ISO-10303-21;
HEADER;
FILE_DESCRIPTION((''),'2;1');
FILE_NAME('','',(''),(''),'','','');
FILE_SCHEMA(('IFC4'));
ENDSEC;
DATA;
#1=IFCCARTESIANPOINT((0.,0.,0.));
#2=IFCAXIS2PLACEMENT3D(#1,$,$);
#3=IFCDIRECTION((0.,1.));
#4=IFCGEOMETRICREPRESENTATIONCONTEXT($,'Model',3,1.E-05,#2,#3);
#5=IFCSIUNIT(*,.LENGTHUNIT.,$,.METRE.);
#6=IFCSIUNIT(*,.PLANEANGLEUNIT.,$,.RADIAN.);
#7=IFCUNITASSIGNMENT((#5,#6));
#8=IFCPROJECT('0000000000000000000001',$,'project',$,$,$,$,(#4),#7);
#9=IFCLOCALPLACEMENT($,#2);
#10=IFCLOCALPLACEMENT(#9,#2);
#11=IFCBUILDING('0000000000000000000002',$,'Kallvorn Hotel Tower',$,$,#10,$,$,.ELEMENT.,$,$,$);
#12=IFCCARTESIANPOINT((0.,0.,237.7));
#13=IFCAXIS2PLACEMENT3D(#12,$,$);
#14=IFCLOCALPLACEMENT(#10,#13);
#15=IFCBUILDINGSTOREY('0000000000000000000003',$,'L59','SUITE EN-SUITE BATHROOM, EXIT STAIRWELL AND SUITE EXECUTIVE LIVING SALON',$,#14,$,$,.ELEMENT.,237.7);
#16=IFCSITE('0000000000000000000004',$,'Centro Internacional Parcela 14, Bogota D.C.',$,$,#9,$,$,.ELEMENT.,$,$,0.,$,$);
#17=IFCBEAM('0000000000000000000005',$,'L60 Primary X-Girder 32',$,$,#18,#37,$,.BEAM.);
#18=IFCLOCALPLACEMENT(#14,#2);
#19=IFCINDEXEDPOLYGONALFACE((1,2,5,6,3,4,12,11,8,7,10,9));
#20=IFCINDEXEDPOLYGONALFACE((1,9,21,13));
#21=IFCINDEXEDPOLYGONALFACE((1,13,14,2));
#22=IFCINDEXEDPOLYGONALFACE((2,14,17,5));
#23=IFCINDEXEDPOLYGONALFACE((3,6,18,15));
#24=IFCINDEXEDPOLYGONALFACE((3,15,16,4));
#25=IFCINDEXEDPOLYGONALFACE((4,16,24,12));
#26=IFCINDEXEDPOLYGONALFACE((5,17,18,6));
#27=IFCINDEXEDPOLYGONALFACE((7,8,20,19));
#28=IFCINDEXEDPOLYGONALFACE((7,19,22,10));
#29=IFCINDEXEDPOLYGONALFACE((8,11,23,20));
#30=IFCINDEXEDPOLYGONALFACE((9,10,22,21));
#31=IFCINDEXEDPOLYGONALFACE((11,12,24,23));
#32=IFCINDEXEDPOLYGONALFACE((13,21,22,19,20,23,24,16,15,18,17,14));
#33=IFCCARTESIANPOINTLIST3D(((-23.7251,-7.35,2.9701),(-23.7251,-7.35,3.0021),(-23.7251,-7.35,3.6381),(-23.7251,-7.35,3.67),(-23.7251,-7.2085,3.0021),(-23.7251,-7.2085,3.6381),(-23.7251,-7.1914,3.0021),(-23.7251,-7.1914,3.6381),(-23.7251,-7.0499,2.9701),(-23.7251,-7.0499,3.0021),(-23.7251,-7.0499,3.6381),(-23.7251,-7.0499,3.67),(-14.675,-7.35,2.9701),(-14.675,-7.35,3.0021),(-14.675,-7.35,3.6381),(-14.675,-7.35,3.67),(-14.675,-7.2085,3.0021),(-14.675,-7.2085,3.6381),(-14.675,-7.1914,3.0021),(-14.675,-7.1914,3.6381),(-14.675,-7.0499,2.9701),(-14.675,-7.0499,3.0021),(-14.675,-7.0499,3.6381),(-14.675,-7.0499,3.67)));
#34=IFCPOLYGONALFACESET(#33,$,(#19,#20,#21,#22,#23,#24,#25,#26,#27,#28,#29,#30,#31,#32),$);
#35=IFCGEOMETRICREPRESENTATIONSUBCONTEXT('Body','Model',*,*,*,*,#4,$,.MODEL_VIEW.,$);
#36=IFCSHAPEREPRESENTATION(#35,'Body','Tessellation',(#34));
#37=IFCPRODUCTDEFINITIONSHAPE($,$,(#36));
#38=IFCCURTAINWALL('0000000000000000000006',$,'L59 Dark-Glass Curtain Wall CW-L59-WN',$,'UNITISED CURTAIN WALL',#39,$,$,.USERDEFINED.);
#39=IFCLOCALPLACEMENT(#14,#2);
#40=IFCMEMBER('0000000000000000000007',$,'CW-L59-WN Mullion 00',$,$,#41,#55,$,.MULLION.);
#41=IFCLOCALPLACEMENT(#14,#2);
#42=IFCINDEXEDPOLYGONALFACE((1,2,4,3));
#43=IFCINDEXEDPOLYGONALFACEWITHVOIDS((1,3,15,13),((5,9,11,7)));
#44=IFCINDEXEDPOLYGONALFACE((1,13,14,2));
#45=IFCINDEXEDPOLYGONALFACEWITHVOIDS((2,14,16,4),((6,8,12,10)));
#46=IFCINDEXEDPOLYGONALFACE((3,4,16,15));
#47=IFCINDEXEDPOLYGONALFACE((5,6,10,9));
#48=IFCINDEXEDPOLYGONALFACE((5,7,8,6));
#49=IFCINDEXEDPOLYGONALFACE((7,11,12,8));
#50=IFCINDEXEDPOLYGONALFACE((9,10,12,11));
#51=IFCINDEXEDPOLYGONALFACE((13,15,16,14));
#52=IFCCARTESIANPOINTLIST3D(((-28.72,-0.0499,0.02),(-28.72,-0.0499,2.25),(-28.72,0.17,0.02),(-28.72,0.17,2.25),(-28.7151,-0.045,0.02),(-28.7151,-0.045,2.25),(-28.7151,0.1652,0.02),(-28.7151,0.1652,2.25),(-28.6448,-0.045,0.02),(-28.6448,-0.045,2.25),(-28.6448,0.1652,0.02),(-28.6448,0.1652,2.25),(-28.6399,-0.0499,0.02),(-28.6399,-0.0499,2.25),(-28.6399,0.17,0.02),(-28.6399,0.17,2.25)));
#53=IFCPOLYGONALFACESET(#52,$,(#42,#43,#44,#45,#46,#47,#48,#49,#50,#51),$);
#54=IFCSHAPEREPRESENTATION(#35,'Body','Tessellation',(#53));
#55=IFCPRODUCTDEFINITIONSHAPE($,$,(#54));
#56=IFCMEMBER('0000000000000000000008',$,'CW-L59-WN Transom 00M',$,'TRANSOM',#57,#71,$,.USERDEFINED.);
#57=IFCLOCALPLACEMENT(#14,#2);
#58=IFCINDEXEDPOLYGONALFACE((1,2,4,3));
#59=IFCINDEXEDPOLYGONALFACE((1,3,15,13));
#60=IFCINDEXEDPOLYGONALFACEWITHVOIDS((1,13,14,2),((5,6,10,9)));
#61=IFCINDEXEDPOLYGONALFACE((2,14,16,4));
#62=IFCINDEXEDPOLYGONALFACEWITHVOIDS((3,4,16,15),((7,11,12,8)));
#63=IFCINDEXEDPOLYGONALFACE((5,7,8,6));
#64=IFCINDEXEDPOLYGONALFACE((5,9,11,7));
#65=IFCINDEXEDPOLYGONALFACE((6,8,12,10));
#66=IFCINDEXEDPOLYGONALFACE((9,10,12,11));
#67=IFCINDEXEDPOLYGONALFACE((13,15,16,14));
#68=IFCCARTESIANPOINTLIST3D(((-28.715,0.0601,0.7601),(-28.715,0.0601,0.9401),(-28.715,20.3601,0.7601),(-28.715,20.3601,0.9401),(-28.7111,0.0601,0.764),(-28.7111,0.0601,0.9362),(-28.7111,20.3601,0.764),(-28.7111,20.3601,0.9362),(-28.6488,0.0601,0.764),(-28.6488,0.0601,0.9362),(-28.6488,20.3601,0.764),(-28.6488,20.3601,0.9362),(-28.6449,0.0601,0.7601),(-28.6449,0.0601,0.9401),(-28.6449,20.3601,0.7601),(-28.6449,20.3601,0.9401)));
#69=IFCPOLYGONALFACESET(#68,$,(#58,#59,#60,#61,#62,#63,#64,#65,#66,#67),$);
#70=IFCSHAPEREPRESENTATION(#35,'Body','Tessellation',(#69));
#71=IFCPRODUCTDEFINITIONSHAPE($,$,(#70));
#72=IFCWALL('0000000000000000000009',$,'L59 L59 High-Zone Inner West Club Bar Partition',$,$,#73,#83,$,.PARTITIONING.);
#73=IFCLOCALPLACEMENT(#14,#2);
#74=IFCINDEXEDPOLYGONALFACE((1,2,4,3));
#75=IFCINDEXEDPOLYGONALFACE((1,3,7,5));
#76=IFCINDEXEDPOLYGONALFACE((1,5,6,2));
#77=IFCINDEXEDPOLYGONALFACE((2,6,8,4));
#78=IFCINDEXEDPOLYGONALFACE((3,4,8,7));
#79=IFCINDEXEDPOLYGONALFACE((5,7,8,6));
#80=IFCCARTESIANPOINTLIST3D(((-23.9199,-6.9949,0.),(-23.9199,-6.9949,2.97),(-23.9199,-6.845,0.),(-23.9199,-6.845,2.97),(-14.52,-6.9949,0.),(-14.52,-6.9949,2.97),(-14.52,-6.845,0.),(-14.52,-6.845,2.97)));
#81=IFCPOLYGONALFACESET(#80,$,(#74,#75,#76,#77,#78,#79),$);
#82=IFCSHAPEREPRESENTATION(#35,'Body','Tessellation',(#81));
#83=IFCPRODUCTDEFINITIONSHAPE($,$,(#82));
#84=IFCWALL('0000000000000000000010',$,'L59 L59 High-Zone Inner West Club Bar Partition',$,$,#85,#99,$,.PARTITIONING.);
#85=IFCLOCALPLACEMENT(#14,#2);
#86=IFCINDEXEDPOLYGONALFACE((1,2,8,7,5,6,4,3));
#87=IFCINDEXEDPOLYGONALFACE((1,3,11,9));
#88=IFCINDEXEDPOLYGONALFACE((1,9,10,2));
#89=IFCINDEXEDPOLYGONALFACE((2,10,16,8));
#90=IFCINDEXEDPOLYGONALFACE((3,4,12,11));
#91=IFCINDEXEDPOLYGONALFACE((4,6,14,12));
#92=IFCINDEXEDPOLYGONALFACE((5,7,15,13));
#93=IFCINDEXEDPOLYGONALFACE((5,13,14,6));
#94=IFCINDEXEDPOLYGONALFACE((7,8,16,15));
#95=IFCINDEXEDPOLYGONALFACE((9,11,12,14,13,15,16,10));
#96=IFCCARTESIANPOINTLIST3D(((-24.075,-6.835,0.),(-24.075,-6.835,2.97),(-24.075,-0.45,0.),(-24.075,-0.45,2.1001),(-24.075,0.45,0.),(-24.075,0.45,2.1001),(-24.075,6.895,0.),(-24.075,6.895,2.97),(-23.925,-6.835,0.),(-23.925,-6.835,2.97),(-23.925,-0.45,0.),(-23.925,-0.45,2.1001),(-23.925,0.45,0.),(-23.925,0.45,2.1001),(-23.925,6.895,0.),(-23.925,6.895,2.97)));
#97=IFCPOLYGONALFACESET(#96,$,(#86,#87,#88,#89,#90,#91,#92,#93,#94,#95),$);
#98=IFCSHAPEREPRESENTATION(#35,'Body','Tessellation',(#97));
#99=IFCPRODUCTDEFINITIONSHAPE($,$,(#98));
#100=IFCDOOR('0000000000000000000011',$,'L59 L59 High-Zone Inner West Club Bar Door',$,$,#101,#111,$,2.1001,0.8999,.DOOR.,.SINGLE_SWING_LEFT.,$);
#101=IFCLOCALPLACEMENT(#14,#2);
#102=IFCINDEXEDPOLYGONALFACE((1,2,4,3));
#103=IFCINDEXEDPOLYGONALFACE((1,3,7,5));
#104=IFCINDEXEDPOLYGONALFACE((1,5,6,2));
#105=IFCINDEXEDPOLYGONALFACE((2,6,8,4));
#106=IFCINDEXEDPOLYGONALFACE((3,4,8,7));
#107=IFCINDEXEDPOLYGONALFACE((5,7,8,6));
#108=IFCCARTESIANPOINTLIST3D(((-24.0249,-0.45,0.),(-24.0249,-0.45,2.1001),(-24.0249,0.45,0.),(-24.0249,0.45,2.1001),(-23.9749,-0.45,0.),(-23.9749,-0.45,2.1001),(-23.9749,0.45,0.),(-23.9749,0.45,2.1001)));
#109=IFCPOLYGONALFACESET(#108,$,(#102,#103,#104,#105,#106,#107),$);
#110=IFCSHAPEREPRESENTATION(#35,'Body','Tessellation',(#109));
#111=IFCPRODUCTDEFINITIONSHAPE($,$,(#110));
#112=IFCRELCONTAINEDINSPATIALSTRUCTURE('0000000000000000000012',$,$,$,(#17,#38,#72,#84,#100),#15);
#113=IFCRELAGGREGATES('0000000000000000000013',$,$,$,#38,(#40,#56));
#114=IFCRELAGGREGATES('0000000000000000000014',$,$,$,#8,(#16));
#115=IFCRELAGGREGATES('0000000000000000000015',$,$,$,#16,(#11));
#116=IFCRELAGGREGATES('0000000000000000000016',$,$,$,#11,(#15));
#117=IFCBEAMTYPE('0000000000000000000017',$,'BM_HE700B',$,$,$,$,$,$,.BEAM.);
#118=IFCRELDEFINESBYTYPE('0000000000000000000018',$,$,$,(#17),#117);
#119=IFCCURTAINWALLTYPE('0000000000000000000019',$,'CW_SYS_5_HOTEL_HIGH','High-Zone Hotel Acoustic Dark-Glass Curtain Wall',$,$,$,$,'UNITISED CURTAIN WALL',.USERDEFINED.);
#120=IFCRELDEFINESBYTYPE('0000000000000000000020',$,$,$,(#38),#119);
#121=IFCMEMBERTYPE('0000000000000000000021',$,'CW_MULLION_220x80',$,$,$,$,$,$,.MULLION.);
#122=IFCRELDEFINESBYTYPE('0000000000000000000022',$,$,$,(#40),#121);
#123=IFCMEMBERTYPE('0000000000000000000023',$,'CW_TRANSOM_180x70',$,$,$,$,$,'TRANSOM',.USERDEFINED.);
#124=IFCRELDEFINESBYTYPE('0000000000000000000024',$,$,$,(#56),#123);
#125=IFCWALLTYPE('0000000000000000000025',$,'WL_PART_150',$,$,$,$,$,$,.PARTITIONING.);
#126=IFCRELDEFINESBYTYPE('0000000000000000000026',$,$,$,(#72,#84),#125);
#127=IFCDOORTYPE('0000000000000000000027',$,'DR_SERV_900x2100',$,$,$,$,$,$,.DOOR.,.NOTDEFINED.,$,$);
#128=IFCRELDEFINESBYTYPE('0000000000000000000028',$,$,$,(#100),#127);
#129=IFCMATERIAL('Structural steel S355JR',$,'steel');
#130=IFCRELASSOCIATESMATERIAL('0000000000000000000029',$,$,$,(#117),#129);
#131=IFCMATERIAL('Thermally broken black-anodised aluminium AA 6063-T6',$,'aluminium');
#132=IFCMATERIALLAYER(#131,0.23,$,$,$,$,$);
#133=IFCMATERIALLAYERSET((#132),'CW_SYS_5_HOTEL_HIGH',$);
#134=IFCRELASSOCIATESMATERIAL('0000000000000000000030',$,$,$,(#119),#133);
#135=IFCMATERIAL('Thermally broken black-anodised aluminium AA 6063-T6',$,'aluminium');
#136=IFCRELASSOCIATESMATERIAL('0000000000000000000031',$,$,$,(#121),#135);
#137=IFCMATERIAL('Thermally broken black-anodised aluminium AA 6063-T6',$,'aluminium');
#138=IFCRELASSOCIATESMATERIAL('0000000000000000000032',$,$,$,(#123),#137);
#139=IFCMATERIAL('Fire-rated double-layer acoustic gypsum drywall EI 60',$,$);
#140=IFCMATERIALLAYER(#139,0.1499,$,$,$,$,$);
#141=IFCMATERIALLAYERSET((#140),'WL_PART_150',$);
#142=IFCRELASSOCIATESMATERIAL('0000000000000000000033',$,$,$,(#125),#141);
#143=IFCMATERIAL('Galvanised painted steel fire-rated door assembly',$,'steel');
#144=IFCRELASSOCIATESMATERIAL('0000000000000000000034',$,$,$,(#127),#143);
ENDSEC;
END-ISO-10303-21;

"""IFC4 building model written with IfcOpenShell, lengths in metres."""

from ifc_helpers import new_model, si_unit, direction, frame, frame_2d, origin, origin_2d, place, context, subcontext, project, spatial, rectangle, hollow_rectangle, i_section, extrude, material, layer, layer_set, material_profile, profile_set, type_object, element, fill, aggregate, save


model = new_model("IFC4")

# Units and contexts
model_context = context("Model", 3, precision=1e-05, world=origin(), true_north=direction((0.0, 1.0)))
body_context = subcontext(model_context, "Body", "Model", "MODEL_VIEW")
ifc_project = project(units=[si_unit("LENGTHUNIT", "METRE"), si_unit("PLANEANGLEUNIT", "RADIAN")], contexts=[model_context])

# Site, building, storey
site_placement = place(None, origin())
site = spatial("IfcSite", under=ifc_project, at=site_placement, Name="Centro Internacional Parcela 14, Bogota D.C.", CompositionType="ELEMENT", RefElevation=0.0)
building_placement = place(site_placement, origin())
building = spatial("IfcBuilding", under=site, at=building_placement, Name="Kallvorn Hotel Tower", CompositionType="ELEMENT")
storey_placement = place(building_placement, frame((0.0, 0.0, 237.7)))
storey = spatial("IfcBuildingStorey", under=building, at=storey_placement, Name="L59", Description="SUITE EN-SUITE BATHROOM, EXIT STAIRWELL AND SUITE EXECUTIVE LIVING SALON", CompositionType="ELEMENT", Elevation=237.7)

# Beam
ifc_material_1 = material(Name="Structural steel S355JR", Category="steel")
ifc_material_profile_1 = material_profile(ifc_material_1, i_section(OverallWidth=0.3, OverallDepth=0.7, WebThickness=0.0171, FlangeThickness=0.032, at=origin_2d()), Name="HE 700 B")
ifc_profile_set_1 = profile_set([ifc_material_profile_1], Name="Structural steel S355JR")
beam_type_1 = type_object("IfcBeamType", Name="BM_HE700B", PredefinedType="BEAM", material=ifc_profile_set_1)
beam_1_placement = place(storey_placement, frame((-23.7251, -7.2, 3.3201), z_axis=(1.0, 0.0, 0.0), x_axis=(0.0, 1.0, 0.0)))
element("IfcBeam", 1, at=beam_1_placement, inside=storey, type_object=beam_type_1, Name="L60 Primary X-Girder 32", PredefinedType="BEAM", context=body_context, shape_type="SweptSolid", body=[
    extrude(i_section(OverallWidth=0.3, OverallDepth=0.7, WebThickness=0.0171, FlangeThickness=0.032, at=origin_2d()), origin(), (0.0, 0.0, 1.0), 9.05),
])

# Curtain wall, members
ifc_material_2 = material(Name="Thermally broken black-anodised aluminium AA 6063-T6", Category="aluminium")
ifc_layer_1 = layer(ifc_material_2, 0.23)
ifc_layer_set_1 = layer_set([ifc_layer_1], Name="CW_SYS_5_HOTEL_HIGH")
curtain_wall_type = type_object("IfcCurtainWallType", Name="CW_SYS_5_HOTEL_HIGH", Description="High-Zone Hotel Acoustic Dark-Glass Curtain Wall", ElementType="UNITISED CURTAIN WALL", PredefinedType="USERDEFINED", material=ifc_layer_set_1)
curtain_wall_placement = place(storey_placement, origin())
curtain_wall = element("IfcCurtainWall", 2, at=curtain_wall_placement, inside=storey, type_object=curtain_wall_type, Name="L59 Dark-Glass Curtain Wall CW-L59-WN", ObjectType="UNITISED CURTAIN WALL", PredefinedType="USERDEFINED")
ifc_material_3 = material(Name="Thermally broken black-anodised aluminium AA 6063-T6", Category="aluminium")
ifc_material_profile_2 = material_profile(ifc_material_3, hollow_rectangle(XDim=0.0801, YDim=0.22, WallThickness=0.0049, at=origin_2d()), Name="MUL 220x80")
ifc_profile_set_2 = profile_set([ifc_material_profile_2], Name="Thermally broken black-anodised aluminium AA 6063-T6")
member_type_1 = type_object("IfcMemberType", Name="CW_MULLION_220x80", PredefinedType="MULLION", material=ifc_profile_set_2)
member_1_placement = place(storey_placement, frame((-28.6799, 0.0601, 0.02), z_axis=(0.0, 0.0, 1.0), x_axis=(1.0, 0.0, 0.0)))
member_1 = element("IfcMember", 3, at=member_1_placement, type_object=member_type_1, Name="CW-L59-WN Mullion 00", PredefinedType="MULLION", context=body_context, shape_type="SweptSolid", body=[
    extrude(hollow_rectangle(XDim=0.0801, YDim=0.22, WallThickness=0.0049, at=origin_2d()), origin(), (0.0, 0.0, 1.0), 2.23),
])
ifc_material_4 = material(Name="Thermally broken black-anodised aluminium AA 6063-T6", Category="aluminium")
ifc_material_profile_3 = material_profile(ifc_material_4, hollow_rectangle(XDim=0.0701, YDim=0.1799, WallThickness=0.0039, at=origin_2d()), Name="TRN 180x70")
ifc_profile_set_3 = profile_set([ifc_material_profile_3], Name="Thermally broken black-anodised aluminium AA 6063-T6")
member_type_2 = type_object("IfcMemberType", Name="CW_TRANSOM_180x70", ElementType="TRANSOM", PredefinedType="USERDEFINED", material=ifc_profile_set_3)
member_2_placement = place(storey_placement, frame((-28.6799, 0.0601, 0.8501), z_axis=(0.0, 1.0, 0.0), x_axis=(-1.0, 0.0, 0.0)))
member_2 = element("IfcMember", 4, at=member_2_placement, type_object=member_type_2, Name="CW-L59-WN Transom 00M", ObjectType="TRANSOM", PredefinedType="USERDEFINED", context=body_context, shape_type="SweptSolid", body=[
    extrude(hollow_rectangle(XDim=0.0701, YDim=0.1799, WallThickness=0.0039, at=origin_2d()), origin(), (0.0, 0.0, 1.0), 20.3),
])
aggregate(curtain_wall, [member_1, member_2])

# Wall
ifc_material_5 = material(Name="Fire-rated double-layer acoustic gypsum drywall EI 60")
ifc_layer_2 = layer(ifc_material_5, 0.1499)
ifc_layer_set_2 = layer_set([ifc_layer_2], Name="WL_PART_150")
wall_type = type_object("IfcWallType", Name="WL_PART_150", PredefinedType="PARTITIONING", material=ifc_layer_set_2)
wall_1_placement = place(storey_placement, frame((-23.9199, -6.9199, 0.0), z_axis=(0.0, 0.0, 1.0), x_axis=(1.0, 0.0, 0.0)))
element("IfcWall", 5, at=wall_1_placement, inside=storey, type_object=wall_type, Name="L59 L59 High-Zone Inner West Club Bar Partition", PredefinedType="PARTITIONING", context=body_context, shape_type="SweptSolid", body=[
    extrude(rectangle(XDim=9.3999, YDim=0.1499, at=frame_2d((4.7, 0.0))), origin(), (0.0, 0.0, 1.0), 2.97),
])

# Wall, opening, door
wall_2_placement = place(storey_placement, frame((-24.0, -6.835, 0.0), z_axis=(0.0, 0.0, 1.0), x_axis=(0.0, 1.0, 0.0)))
wall_2 = element("IfcWall", 6, at=wall_2_placement, inside=storey, type_object=wall_type, Name="L59 L59 High-Zone Inner West Club Bar Partition", PredefinedType="PARTITIONING", context=body_context, shape_type="SweptSolid", body=[
    extrude(rectangle(XDim=13.73, YDim=0.1499, at=frame_2d((6.865, 0.0))), origin(), (0.0, 0.0, 1.0), 2.97),
])
opening_placement = place(wall_2_placement, frame((6.385, 0.0, 0.0)))
opening = element("IfcOpeningElement", 7, at=opening_placement, cuts=wall_2, PredefinedType="OPENING", context=body_context, shape_type="SweptSolid", body=[
    extrude(rectangle(XDim=0.8999, YDim=2.1001, at=frame_2d((0.45, 1.05))), frame((0.0, 0.0898, 0.0), z_axis=(0.0, -1.0, 0.0), x_axis=(1.0, 0.0, 0.0)), (0.0, 0.0, 1.0), 0.1799),
])
ifc_material_6 = material(Name="Galvanised painted steel fire-rated door assembly", Category="steel")
door_type = type_object("IfcDoorType", Name="DR_SERV_900x2100", OperationType="NOTDEFINED", PredefinedType="DOOR", material=ifc_material_6)
door_placement = place(opening_placement, origin())
door = element("IfcDoor", 8, at=door_placement, inside=storey, type_object=door_type, Name="L59 L59 High-Zone Inner West Club Bar Door", OperationType="SINGLE_SWING_LEFT", OverallHeight=2.1001, OverallWidth=0.8999, PredefinedType="DOOR", context=body_context, shape_type="SweptSolid", body=[
    extrude(rectangle(XDim=0.8999, YDim=2.1001, at=frame_2d((0.45, 1.05))), frame((0.0, 0.0249, 0.0), z_axis=(0.0, -1.0, 0.0), x_axis=(1.0, 0.0, 0.0)), (0.0, 0.0, 1.0), 0.05),
])
fill(opening, door)

save(model, "model.ifc")
